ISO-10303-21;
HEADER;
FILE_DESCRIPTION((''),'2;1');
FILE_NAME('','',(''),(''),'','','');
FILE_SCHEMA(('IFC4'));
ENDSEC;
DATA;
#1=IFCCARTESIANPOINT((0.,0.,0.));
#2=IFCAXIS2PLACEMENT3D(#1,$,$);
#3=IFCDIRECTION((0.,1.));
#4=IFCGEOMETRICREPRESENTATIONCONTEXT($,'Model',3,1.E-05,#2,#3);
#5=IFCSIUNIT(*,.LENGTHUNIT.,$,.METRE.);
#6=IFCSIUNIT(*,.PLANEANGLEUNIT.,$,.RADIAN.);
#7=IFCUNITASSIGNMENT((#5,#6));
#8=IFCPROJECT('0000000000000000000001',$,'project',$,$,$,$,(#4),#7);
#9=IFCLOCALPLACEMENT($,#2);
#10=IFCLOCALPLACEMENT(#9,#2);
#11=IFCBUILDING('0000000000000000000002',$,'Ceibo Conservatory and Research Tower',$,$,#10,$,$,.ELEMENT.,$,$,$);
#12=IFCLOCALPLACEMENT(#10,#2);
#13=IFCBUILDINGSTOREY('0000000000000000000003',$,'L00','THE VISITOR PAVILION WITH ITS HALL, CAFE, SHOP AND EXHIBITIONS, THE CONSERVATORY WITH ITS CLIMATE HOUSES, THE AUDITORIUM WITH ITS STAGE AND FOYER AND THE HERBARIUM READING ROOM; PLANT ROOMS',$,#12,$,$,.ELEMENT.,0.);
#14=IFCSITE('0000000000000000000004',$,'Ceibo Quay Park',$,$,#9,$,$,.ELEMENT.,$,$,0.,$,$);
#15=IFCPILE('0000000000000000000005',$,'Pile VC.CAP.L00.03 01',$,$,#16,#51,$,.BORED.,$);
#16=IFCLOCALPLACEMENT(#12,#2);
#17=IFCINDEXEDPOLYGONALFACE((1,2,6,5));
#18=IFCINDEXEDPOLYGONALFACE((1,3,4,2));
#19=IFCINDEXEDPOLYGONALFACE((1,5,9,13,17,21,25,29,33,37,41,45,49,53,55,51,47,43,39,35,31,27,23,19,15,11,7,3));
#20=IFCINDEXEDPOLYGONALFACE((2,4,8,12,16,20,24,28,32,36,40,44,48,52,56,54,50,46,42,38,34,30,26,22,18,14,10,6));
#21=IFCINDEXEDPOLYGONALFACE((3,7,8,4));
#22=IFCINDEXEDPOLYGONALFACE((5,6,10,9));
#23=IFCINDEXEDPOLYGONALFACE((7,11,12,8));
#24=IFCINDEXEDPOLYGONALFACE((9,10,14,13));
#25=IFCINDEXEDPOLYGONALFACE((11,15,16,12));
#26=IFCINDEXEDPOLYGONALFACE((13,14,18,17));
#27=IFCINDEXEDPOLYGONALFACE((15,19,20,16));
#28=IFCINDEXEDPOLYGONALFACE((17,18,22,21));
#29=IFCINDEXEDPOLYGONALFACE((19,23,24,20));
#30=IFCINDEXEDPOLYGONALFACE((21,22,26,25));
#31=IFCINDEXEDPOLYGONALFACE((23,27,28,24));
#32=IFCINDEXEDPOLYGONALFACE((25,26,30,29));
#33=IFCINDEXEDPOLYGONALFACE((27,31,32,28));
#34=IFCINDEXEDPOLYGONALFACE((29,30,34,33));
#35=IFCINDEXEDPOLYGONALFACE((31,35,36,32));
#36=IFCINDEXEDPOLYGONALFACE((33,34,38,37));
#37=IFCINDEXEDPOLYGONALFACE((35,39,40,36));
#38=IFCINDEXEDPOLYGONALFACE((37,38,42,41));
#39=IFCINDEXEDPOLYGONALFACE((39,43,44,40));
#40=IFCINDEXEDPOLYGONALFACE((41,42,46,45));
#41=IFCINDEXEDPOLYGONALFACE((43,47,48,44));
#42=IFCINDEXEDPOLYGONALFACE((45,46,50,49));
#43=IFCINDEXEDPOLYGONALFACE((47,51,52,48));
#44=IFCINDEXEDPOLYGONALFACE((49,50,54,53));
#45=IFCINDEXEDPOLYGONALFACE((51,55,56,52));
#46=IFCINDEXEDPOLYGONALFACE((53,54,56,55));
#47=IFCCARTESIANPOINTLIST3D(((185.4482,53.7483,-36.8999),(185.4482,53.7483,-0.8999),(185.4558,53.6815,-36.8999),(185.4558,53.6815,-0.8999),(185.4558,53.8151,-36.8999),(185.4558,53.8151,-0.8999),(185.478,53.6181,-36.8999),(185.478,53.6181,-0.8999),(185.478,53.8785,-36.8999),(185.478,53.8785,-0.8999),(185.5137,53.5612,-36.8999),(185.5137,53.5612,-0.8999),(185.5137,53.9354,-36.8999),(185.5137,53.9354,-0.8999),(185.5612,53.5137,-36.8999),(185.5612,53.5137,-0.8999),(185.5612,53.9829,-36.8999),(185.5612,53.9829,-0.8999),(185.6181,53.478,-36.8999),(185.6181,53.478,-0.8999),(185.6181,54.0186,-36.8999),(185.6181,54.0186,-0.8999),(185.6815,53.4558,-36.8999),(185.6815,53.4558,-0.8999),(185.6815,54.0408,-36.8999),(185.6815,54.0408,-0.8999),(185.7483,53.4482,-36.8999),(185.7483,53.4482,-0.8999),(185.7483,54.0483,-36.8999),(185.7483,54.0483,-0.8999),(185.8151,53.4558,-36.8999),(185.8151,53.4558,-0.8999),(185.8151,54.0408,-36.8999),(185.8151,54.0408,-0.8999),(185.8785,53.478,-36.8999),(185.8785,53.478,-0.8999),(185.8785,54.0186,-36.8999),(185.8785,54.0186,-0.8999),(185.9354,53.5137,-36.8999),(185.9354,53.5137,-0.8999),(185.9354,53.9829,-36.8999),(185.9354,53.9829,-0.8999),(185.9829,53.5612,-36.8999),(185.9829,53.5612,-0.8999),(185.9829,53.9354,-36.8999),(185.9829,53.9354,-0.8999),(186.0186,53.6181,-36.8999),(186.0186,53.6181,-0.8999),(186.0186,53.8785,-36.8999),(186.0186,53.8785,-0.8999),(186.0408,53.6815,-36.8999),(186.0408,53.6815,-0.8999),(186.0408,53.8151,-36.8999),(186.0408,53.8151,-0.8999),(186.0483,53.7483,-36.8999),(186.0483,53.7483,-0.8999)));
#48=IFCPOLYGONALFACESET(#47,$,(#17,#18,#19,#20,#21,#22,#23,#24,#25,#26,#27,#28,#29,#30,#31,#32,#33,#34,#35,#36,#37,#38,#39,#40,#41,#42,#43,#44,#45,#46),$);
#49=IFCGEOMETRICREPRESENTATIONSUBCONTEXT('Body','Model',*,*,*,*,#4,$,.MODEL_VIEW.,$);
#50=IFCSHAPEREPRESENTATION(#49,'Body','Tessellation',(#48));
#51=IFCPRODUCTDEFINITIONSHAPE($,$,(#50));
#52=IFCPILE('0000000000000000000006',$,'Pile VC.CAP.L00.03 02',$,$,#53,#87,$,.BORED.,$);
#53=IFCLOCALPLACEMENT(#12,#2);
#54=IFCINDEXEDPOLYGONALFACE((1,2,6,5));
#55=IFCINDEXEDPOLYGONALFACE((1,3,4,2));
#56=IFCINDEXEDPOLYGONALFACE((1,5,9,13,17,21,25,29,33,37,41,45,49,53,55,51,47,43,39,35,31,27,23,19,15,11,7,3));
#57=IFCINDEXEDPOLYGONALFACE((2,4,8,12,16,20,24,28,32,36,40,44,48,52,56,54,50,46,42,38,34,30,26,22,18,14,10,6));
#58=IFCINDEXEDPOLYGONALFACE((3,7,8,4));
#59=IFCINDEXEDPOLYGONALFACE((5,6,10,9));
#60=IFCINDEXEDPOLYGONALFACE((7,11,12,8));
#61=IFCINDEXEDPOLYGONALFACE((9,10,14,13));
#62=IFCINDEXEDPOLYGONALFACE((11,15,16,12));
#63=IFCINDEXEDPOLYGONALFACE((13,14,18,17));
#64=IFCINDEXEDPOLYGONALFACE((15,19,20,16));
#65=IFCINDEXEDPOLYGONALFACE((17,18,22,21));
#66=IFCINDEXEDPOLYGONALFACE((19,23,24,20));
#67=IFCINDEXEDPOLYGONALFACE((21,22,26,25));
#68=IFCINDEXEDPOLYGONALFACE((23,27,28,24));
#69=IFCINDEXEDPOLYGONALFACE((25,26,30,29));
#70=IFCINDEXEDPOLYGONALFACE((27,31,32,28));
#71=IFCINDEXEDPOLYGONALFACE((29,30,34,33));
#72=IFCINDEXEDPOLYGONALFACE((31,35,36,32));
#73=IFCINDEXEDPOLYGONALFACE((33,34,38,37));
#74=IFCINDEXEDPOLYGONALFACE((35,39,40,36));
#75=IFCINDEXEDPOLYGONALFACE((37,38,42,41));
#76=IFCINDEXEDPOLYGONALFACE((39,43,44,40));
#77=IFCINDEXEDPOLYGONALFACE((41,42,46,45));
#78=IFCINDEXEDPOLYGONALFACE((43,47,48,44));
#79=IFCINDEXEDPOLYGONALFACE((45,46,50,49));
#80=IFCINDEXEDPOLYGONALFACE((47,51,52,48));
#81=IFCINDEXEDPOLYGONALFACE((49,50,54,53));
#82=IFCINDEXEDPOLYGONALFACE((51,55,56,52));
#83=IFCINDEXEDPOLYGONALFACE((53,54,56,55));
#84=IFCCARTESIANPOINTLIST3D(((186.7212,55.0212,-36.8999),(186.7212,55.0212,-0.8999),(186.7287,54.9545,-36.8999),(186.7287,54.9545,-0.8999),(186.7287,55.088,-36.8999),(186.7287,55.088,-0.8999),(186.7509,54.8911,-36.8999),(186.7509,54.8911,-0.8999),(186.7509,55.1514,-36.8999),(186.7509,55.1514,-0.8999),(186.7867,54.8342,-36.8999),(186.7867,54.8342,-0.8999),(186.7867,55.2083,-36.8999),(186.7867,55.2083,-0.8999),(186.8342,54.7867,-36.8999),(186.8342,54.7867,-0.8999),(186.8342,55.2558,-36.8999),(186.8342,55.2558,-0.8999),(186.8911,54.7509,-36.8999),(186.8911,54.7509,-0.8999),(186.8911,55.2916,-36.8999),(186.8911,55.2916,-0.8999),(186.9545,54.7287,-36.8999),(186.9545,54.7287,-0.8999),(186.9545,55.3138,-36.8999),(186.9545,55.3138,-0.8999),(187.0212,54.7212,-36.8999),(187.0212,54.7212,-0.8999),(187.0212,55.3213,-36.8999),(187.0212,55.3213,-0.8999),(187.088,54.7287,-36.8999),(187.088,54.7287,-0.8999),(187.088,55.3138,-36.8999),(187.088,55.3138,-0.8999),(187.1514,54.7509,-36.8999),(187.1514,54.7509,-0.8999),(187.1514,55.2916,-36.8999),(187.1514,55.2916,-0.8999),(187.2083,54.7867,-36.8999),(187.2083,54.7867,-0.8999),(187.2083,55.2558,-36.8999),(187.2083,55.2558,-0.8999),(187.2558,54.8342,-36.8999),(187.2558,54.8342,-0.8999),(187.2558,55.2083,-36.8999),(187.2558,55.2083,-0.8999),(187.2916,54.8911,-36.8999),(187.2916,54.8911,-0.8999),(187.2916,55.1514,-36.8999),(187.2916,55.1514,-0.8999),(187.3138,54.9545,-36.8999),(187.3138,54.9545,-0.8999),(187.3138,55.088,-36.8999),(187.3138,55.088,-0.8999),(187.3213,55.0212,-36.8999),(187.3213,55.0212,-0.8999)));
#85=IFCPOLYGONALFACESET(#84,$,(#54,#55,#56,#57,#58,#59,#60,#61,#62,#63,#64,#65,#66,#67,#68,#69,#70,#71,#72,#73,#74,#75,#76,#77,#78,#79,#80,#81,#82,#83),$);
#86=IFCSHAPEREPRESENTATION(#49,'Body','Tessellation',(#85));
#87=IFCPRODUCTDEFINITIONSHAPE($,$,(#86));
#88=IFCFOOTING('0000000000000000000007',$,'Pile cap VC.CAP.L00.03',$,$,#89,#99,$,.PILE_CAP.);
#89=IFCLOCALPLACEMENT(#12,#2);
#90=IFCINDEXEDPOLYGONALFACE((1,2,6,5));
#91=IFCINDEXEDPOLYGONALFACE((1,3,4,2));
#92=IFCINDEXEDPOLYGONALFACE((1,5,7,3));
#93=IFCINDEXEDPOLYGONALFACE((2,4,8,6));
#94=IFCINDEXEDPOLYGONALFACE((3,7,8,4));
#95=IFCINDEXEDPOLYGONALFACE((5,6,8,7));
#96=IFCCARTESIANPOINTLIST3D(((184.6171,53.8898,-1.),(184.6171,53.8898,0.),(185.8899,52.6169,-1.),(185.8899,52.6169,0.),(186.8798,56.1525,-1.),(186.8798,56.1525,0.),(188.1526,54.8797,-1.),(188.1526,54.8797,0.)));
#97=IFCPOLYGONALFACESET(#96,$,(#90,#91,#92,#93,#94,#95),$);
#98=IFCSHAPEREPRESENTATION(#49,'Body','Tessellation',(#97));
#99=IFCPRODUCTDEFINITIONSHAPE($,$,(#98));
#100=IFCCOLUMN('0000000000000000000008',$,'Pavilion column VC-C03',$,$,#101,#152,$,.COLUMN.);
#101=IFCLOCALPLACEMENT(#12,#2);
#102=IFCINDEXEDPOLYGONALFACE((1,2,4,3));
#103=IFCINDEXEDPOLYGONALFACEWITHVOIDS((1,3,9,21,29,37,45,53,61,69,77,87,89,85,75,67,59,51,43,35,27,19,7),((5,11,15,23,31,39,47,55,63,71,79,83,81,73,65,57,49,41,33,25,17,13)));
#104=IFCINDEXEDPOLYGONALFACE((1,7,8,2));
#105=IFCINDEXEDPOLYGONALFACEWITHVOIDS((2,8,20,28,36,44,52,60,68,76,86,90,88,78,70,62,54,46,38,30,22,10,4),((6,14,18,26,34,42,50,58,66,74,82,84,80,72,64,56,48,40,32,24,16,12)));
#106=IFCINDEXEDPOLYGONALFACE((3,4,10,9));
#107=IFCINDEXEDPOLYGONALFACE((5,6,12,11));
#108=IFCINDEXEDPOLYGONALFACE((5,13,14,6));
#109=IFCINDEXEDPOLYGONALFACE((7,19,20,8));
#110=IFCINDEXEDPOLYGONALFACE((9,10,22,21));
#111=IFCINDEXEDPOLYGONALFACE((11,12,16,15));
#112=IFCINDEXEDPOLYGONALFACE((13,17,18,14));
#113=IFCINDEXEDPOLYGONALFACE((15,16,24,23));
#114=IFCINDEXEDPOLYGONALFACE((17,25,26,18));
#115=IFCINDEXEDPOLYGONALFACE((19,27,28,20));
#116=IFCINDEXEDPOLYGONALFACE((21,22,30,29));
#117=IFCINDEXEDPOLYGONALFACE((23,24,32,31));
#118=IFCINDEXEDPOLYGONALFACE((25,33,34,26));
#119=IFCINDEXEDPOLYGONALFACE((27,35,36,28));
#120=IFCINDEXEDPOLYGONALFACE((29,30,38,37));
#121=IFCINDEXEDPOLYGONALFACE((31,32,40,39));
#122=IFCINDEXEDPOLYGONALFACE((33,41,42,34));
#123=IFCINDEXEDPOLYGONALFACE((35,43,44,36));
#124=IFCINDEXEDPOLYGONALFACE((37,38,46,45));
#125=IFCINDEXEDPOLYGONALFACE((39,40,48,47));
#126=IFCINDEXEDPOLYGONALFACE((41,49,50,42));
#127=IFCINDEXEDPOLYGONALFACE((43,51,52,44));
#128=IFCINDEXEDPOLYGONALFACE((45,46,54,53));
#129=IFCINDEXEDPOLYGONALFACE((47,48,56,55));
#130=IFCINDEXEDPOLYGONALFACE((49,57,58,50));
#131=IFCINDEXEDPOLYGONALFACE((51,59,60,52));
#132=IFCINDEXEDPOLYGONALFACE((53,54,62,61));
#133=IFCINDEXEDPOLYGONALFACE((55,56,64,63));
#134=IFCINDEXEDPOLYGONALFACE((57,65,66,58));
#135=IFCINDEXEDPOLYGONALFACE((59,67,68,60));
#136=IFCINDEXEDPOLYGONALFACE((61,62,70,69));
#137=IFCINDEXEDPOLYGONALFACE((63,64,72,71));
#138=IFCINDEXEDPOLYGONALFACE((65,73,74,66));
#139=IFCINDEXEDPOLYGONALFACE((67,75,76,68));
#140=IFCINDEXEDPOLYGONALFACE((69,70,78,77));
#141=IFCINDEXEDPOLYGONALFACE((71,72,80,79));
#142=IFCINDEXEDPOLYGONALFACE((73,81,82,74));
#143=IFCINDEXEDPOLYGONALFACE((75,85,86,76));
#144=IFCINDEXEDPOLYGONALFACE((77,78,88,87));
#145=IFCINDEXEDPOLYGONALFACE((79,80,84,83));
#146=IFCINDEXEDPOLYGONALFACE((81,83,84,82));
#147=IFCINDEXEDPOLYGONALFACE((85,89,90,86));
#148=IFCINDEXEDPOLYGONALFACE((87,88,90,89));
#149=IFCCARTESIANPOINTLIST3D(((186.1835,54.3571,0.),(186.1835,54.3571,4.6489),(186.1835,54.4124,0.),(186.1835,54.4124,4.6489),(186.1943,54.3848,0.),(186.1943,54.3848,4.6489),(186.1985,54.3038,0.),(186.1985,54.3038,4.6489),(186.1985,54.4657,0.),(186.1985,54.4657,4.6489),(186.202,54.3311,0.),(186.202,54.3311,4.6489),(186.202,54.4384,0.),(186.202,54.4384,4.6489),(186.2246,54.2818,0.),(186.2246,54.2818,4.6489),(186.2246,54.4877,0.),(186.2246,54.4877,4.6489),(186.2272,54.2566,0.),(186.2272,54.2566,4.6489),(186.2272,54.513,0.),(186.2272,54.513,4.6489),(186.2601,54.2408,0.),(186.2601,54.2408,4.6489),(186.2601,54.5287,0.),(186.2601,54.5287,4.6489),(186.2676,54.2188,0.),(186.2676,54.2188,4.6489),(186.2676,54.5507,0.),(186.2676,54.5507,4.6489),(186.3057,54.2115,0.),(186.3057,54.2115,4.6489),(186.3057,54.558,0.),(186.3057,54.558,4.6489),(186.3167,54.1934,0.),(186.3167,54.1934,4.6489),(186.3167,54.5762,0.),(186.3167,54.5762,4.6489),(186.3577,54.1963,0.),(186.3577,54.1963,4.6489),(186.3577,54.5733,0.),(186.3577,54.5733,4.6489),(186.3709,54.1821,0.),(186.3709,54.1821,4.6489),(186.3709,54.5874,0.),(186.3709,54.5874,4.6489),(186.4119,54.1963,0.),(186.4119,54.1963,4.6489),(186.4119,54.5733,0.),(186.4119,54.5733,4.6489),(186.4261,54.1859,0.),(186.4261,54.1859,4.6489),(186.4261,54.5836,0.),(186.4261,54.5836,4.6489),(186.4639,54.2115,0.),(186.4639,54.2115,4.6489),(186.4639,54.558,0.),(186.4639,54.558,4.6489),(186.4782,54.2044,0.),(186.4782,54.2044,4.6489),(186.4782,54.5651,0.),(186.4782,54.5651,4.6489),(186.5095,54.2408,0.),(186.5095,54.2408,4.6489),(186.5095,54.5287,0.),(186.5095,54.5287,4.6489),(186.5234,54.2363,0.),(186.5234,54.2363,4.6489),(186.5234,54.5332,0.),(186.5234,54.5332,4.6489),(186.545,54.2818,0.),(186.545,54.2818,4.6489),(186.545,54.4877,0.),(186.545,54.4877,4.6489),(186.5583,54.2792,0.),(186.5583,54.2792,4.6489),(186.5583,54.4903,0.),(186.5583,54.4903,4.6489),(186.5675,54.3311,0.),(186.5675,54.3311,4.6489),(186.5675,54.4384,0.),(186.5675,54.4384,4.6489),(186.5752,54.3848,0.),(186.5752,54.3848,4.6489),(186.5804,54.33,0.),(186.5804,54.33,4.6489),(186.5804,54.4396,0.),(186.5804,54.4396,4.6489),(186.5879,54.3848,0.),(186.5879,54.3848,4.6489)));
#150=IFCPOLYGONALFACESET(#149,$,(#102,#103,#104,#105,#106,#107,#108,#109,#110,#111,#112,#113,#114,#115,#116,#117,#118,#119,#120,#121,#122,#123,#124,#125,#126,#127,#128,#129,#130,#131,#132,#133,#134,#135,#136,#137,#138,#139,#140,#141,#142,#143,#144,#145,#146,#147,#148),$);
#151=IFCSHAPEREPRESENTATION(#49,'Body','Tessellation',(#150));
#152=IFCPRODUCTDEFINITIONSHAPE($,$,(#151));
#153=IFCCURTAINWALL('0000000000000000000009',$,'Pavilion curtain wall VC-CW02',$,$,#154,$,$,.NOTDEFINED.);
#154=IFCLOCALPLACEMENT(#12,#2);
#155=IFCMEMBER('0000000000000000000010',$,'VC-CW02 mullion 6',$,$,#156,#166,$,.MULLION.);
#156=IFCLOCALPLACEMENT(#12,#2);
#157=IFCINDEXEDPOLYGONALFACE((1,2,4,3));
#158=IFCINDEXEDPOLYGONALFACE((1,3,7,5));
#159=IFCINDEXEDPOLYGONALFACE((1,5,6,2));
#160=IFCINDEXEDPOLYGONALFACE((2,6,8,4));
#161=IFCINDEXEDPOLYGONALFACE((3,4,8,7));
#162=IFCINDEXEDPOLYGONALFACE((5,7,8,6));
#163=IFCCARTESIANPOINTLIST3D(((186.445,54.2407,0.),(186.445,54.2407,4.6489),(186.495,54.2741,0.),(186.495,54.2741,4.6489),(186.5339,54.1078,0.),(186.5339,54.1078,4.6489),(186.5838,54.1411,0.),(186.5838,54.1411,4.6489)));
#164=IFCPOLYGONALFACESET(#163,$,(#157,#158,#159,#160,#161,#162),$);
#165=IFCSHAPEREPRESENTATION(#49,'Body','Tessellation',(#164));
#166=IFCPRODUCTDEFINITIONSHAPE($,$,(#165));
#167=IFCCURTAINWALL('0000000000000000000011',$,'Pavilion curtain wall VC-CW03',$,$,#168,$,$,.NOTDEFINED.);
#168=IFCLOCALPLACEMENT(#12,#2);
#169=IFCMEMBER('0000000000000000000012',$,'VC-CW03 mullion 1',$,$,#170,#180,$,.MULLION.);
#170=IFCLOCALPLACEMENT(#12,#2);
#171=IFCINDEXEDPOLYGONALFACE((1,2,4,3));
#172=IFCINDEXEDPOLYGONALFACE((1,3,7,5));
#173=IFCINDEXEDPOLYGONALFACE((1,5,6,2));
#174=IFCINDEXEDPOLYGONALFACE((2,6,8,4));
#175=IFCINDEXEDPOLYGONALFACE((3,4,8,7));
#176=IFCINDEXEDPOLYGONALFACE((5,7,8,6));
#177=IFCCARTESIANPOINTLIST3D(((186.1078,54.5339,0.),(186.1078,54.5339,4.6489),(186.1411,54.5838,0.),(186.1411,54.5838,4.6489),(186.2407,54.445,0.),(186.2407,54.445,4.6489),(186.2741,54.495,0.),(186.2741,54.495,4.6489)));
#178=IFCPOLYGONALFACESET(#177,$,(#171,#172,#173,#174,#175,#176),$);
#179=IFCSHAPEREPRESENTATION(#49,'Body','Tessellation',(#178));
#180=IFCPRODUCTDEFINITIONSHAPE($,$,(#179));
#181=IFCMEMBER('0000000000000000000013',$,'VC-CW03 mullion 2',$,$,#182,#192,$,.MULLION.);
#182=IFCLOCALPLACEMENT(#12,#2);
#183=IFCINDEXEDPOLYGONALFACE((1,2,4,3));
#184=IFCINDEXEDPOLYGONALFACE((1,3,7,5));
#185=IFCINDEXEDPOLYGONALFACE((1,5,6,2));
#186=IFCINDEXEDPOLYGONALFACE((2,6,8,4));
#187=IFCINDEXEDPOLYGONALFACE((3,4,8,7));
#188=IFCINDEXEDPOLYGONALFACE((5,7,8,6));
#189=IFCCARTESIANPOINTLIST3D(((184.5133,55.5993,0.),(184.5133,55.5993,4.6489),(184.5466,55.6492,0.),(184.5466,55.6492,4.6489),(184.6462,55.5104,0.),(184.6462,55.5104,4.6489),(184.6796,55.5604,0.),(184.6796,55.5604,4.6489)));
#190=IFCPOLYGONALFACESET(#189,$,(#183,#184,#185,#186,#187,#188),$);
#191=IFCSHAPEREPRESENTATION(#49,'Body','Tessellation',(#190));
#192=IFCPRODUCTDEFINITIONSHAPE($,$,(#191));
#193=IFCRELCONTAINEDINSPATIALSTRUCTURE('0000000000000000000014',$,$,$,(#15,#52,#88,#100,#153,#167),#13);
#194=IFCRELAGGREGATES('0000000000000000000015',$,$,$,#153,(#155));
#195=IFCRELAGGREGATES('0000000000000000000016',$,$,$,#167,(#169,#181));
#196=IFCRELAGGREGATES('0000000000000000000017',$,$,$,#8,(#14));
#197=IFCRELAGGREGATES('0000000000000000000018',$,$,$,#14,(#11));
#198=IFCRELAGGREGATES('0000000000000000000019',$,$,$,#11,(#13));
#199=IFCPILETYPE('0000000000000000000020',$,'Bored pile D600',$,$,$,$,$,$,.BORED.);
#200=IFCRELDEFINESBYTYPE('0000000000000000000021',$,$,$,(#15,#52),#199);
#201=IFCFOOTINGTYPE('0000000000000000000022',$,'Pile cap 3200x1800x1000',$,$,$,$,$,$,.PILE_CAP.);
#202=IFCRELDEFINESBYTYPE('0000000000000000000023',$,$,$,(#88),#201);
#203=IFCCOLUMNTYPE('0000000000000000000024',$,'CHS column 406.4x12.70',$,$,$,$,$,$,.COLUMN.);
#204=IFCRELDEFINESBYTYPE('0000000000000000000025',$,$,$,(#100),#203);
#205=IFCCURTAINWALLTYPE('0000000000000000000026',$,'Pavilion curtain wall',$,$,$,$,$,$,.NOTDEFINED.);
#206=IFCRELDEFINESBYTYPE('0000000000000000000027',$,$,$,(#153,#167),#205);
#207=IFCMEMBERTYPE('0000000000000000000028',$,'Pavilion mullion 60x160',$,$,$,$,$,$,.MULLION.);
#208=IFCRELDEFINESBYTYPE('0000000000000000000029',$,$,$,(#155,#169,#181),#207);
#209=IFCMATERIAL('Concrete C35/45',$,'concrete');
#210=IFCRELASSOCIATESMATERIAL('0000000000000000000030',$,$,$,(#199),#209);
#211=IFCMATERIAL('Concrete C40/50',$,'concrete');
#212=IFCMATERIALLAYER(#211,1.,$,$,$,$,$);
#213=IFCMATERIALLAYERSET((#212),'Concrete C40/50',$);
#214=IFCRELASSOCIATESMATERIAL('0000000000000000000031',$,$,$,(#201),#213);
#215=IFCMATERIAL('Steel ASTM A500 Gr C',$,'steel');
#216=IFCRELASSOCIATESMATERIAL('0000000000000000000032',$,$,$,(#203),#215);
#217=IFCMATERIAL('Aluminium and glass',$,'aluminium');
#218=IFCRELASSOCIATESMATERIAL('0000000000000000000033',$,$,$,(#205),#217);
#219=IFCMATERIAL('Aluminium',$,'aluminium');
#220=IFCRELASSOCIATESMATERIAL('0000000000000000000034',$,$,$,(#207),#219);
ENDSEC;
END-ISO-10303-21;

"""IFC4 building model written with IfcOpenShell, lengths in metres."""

from ifc_helpers import new_model, si_unit, direction, frame, origin, origin_2d, place, context, subcontext, project, spatial, polyline, rectangle, circle, hollow_circle, outline, extrude, material, layer, layer_set, material_profile, profile_set, type_object, element, aggregate, save


model = new_model("IFC4")

# Units and contexts
model_context = context("Model", 3, precision=1e-05, world=origin(), true_north=direction((0.0, 1.0)))
body_context = subcontext(model_context, "Body", "Model", "MODEL_VIEW")
ifc_project = project(units=[si_unit("LENGTHUNIT", "METRE"), si_unit("PLANEANGLEUNIT", "RADIAN")], contexts=[model_context])

# Site, building, storey
site_placement = place(None, origin())
site = spatial("IfcSite", under=ifc_project, at=site_placement, Name="Ceibo Quay Park", CompositionType="ELEMENT", RefElevation=0.0)
building_placement = place(site_placement, origin())
building = spatial("IfcBuilding", under=site, at=building_placement, Name="Ceibo Conservatory and Research Tower", CompositionType="ELEMENT")
storey_placement = place(building_placement, origin())
storey = spatial("IfcBuildingStorey", under=building, at=storey_placement, Name="L00", Description="THE VISITOR PAVILION WITH ITS HALL, CAFE, SHOP AND EXHIBITIONS, THE CONSERVATORY WITH ITS CLIMATE HOUSES, THE AUDITORIUM WITH ITS STAGE AND FOYER AND THE HERBARIUM READING ROOM; PLANT ROOMS", CompositionType="ELEMENT", Elevation=0.0)

# Piles
ifc_material_1 = material(Name="Concrete C35/45", Category="concrete")
ifc_material_profile_1 = material_profile(ifc_material_1, circle(Radius=0.3, at=origin_2d()), Name="RC D600")
ifc_profile_set_1 = profile_set([ifc_material_profile_1], Name="Concrete C35/45")
pile_type = type_object("IfcPileType", Name="Bored pile D600", PredefinedType="BORED", material=ifc_profile_set_1)
for number, where, z_axis, x_axis, name in (
    (1, (185.7483, 53.7483, -0.8999), (0.0, 0.0, -1.0), (1.0, 0.0, 0.0), "Pile VC.CAP.L00.03 01"),
    (2, (187.0212, 55.0212, -0.8999), (0.0, 0.0, -1.0), (1.0, 0.0, 0.0), "Pile VC.CAP.L00.03 02"),
):
    element("IfcPile", number, at=place(storey_placement, frame(where, z_axis=z_axis, x_axis=x_axis)), inside=storey, type_object=pile_type, Name=name, PredefinedType="BORED", context=body_context, shape_type="SweptSolid", body=[
        extrude(circle(Radius=0.3, at=origin_2d()), origin(), (0.0, 0.0, 1.0), 36.0),
    ])

# Footing
ifc_material_2 = material(Name="Concrete C40/50", Category="concrete")
ifc_layer_1 = layer(ifc_material_2, 1.0)
ifc_layer_set_1 = layer_set([ifc_layer_1], Name="Concrete C40/50")
footing_type = type_object("IfcFootingType", Name="Pile cap 3200x1800x1000", PredefinedType="PILE_CAP", material=ifc_layer_set_1)
footing_placement = place(storey_placement, frame((185.8899, 52.6169, -1.0), z_axis=(0.0, 0.0, 1.0), x_axis=(0.707107, 0.707107, 0.0)))
element("IfcFooting", 3, at=footing_placement, inside=storey, type_object=footing_type, Name="Pile cap VC.CAP.L00.03", PredefinedType="PILE_CAP", context=body_context, shape_type="SweptSolid", body=[
    extrude(outline(polyline([(0.0, 0.0), (3.2, 0.0), (3.2, 1.8), (0.0, 1.8), (0.0, 0.0)])), origin(), (0.0, 0.0, 1.0), 1.0),
])

# Column
ifc_material_3 = material(Name="Steel ASTM A500 Gr C", Category="steel")
ifc_material_profile_2 = material_profile(ifc_material_3, hollow_circle(Radius=0.2031, WallThickness=0.0127, at=origin_2d()), Name="CHS column 406.4x12.70")
ifc_profile_set_2 = profile_set([ifc_material_profile_2], Name="Steel ASTM A500 Gr C")
column_type = type_object("IfcColumnType", Name="CHS column 406.4x12.70", PredefinedType="COLUMN", material=ifc_profile_set_2)
column_placement = place(storey_placement, frame((186.3848, 54.3848, 0.0), z_axis=(0.0, 0.0, 1.0), x_axis=(1.0, 0.0, 0.0)))
element("IfcColumn", 4, at=column_placement, inside=storey, type_object=column_type, Name="Pavilion column VC-C03", PredefinedType="COLUMN", context=body_context, shape_type="SweptSolid", body=[
    extrude(hollow_circle(Radius=0.2031, WallThickness=0.0127, at=origin_2d()), origin(), (0.0, 0.0, 1.0), 4.6489),
])

# Curtain wall, member
ifc_material_4 = material(Name="Aluminium and glass", Category="aluminium")
curtain_wall_type = type_object("IfcCurtainWallType", Name="Pavilion curtain wall", PredefinedType="NOTDEFINED", material=ifc_material_4)
curtain_wall_1_placement = place(storey_placement, origin())
curtain_wall_1 = element("IfcCurtainWall", 5, at=curtain_wall_1_placement, inside=storey, type_object=curtain_wall_type, Name="Pavilion curtain wall VC-CW02", PredefinedType="NOTDEFINED")
ifc_material_5 = material(Name="Aluminium", Category="aluminium")
ifc_material_profile_3 = material_profile(ifc_material_5, rectangle(XDim=0.0601, YDim=0.1599, at=origin_2d()), Name="AL 60x160")
ifc_profile_set_3 = profile_set([ifc_material_profile_3], Name="Aluminium")
member_type_1 = type_object("IfcMemberType", Name="Pavilion mullion 60x160", PredefinedType="MULLION", material=ifc_profile_set_3)
member_1_placement = place(storey_placement, frame((186.5144, 54.1909, 0.0), z_axis=(0.0, 0.0, 1.0), x_axis=(-0.83147, -0.55557, 0.0)))
member_1 = element("IfcMember", 6, at=member_1_placement, type_object=member_type_1, Name="VC-CW02 mullion 6", PredefinedType="MULLION", context=body_context, shape_type="SweptSolid", body=[
    extrude(rectangle(XDim=0.0601, YDim=0.1599, at=origin_2d()), origin(), (0.0, 0.0, 1.0), 4.6489),
])
aggregate(curtain_wall_1, [member_1])

# Curtain wall, members
curtain_wall_2_placement = place(storey_placement, origin())
curtain_wall_2 = element("IfcCurtainWall", 7, at=curtain_wall_2_placement, inside=storey, type_object=curtain_wall_type, Name="Pavilion curtain wall VC-CW03", PredefinedType="NOTDEFINED")
member_2_placement = place(storey_placement, frame((186.1909, 54.5144, 0.0), z_axis=(0.0, 0.0, 1.0), x_axis=(-0.55557, -0.83147, 0.0)))
member_2 = element("IfcMember", 8, at=member_2_placement, type_object=member_type_1, Name="VC-CW03 mullion 1", PredefinedType="MULLION", context=body_context, shape_type="SweptSolid", body=[
    extrude(rectangle(XDim=0.0601, YDim=0.1599, at=origin_2d()), origin(), (0.0, 0.0, 1.0), 4.6489),
])
member_3_placement = place(storey_placement, frame((184.5964, 55.5798, 0.0), z_axis=(0.0, 0.0, 1.0), x_axis=(-0.55557, -0.83147, 0.0)))
member_3 = element("IfcMember", 9, at=member_3_placement, type_object=member_type_1, Name="VC-CW03 mullion 2", PredefinedType="MULLION", context=body_context, shape_type="SweptSolid", body=[
    extrude(rectangle(XDim=0.0601, YDim=0.1599, at=origin_2d()), origin(), (0.0, 0.0, 1.0), 4.6489),
])

aggregate(curtain_wall_2, [member_2, member_3])

save(model, "model.ifc")
